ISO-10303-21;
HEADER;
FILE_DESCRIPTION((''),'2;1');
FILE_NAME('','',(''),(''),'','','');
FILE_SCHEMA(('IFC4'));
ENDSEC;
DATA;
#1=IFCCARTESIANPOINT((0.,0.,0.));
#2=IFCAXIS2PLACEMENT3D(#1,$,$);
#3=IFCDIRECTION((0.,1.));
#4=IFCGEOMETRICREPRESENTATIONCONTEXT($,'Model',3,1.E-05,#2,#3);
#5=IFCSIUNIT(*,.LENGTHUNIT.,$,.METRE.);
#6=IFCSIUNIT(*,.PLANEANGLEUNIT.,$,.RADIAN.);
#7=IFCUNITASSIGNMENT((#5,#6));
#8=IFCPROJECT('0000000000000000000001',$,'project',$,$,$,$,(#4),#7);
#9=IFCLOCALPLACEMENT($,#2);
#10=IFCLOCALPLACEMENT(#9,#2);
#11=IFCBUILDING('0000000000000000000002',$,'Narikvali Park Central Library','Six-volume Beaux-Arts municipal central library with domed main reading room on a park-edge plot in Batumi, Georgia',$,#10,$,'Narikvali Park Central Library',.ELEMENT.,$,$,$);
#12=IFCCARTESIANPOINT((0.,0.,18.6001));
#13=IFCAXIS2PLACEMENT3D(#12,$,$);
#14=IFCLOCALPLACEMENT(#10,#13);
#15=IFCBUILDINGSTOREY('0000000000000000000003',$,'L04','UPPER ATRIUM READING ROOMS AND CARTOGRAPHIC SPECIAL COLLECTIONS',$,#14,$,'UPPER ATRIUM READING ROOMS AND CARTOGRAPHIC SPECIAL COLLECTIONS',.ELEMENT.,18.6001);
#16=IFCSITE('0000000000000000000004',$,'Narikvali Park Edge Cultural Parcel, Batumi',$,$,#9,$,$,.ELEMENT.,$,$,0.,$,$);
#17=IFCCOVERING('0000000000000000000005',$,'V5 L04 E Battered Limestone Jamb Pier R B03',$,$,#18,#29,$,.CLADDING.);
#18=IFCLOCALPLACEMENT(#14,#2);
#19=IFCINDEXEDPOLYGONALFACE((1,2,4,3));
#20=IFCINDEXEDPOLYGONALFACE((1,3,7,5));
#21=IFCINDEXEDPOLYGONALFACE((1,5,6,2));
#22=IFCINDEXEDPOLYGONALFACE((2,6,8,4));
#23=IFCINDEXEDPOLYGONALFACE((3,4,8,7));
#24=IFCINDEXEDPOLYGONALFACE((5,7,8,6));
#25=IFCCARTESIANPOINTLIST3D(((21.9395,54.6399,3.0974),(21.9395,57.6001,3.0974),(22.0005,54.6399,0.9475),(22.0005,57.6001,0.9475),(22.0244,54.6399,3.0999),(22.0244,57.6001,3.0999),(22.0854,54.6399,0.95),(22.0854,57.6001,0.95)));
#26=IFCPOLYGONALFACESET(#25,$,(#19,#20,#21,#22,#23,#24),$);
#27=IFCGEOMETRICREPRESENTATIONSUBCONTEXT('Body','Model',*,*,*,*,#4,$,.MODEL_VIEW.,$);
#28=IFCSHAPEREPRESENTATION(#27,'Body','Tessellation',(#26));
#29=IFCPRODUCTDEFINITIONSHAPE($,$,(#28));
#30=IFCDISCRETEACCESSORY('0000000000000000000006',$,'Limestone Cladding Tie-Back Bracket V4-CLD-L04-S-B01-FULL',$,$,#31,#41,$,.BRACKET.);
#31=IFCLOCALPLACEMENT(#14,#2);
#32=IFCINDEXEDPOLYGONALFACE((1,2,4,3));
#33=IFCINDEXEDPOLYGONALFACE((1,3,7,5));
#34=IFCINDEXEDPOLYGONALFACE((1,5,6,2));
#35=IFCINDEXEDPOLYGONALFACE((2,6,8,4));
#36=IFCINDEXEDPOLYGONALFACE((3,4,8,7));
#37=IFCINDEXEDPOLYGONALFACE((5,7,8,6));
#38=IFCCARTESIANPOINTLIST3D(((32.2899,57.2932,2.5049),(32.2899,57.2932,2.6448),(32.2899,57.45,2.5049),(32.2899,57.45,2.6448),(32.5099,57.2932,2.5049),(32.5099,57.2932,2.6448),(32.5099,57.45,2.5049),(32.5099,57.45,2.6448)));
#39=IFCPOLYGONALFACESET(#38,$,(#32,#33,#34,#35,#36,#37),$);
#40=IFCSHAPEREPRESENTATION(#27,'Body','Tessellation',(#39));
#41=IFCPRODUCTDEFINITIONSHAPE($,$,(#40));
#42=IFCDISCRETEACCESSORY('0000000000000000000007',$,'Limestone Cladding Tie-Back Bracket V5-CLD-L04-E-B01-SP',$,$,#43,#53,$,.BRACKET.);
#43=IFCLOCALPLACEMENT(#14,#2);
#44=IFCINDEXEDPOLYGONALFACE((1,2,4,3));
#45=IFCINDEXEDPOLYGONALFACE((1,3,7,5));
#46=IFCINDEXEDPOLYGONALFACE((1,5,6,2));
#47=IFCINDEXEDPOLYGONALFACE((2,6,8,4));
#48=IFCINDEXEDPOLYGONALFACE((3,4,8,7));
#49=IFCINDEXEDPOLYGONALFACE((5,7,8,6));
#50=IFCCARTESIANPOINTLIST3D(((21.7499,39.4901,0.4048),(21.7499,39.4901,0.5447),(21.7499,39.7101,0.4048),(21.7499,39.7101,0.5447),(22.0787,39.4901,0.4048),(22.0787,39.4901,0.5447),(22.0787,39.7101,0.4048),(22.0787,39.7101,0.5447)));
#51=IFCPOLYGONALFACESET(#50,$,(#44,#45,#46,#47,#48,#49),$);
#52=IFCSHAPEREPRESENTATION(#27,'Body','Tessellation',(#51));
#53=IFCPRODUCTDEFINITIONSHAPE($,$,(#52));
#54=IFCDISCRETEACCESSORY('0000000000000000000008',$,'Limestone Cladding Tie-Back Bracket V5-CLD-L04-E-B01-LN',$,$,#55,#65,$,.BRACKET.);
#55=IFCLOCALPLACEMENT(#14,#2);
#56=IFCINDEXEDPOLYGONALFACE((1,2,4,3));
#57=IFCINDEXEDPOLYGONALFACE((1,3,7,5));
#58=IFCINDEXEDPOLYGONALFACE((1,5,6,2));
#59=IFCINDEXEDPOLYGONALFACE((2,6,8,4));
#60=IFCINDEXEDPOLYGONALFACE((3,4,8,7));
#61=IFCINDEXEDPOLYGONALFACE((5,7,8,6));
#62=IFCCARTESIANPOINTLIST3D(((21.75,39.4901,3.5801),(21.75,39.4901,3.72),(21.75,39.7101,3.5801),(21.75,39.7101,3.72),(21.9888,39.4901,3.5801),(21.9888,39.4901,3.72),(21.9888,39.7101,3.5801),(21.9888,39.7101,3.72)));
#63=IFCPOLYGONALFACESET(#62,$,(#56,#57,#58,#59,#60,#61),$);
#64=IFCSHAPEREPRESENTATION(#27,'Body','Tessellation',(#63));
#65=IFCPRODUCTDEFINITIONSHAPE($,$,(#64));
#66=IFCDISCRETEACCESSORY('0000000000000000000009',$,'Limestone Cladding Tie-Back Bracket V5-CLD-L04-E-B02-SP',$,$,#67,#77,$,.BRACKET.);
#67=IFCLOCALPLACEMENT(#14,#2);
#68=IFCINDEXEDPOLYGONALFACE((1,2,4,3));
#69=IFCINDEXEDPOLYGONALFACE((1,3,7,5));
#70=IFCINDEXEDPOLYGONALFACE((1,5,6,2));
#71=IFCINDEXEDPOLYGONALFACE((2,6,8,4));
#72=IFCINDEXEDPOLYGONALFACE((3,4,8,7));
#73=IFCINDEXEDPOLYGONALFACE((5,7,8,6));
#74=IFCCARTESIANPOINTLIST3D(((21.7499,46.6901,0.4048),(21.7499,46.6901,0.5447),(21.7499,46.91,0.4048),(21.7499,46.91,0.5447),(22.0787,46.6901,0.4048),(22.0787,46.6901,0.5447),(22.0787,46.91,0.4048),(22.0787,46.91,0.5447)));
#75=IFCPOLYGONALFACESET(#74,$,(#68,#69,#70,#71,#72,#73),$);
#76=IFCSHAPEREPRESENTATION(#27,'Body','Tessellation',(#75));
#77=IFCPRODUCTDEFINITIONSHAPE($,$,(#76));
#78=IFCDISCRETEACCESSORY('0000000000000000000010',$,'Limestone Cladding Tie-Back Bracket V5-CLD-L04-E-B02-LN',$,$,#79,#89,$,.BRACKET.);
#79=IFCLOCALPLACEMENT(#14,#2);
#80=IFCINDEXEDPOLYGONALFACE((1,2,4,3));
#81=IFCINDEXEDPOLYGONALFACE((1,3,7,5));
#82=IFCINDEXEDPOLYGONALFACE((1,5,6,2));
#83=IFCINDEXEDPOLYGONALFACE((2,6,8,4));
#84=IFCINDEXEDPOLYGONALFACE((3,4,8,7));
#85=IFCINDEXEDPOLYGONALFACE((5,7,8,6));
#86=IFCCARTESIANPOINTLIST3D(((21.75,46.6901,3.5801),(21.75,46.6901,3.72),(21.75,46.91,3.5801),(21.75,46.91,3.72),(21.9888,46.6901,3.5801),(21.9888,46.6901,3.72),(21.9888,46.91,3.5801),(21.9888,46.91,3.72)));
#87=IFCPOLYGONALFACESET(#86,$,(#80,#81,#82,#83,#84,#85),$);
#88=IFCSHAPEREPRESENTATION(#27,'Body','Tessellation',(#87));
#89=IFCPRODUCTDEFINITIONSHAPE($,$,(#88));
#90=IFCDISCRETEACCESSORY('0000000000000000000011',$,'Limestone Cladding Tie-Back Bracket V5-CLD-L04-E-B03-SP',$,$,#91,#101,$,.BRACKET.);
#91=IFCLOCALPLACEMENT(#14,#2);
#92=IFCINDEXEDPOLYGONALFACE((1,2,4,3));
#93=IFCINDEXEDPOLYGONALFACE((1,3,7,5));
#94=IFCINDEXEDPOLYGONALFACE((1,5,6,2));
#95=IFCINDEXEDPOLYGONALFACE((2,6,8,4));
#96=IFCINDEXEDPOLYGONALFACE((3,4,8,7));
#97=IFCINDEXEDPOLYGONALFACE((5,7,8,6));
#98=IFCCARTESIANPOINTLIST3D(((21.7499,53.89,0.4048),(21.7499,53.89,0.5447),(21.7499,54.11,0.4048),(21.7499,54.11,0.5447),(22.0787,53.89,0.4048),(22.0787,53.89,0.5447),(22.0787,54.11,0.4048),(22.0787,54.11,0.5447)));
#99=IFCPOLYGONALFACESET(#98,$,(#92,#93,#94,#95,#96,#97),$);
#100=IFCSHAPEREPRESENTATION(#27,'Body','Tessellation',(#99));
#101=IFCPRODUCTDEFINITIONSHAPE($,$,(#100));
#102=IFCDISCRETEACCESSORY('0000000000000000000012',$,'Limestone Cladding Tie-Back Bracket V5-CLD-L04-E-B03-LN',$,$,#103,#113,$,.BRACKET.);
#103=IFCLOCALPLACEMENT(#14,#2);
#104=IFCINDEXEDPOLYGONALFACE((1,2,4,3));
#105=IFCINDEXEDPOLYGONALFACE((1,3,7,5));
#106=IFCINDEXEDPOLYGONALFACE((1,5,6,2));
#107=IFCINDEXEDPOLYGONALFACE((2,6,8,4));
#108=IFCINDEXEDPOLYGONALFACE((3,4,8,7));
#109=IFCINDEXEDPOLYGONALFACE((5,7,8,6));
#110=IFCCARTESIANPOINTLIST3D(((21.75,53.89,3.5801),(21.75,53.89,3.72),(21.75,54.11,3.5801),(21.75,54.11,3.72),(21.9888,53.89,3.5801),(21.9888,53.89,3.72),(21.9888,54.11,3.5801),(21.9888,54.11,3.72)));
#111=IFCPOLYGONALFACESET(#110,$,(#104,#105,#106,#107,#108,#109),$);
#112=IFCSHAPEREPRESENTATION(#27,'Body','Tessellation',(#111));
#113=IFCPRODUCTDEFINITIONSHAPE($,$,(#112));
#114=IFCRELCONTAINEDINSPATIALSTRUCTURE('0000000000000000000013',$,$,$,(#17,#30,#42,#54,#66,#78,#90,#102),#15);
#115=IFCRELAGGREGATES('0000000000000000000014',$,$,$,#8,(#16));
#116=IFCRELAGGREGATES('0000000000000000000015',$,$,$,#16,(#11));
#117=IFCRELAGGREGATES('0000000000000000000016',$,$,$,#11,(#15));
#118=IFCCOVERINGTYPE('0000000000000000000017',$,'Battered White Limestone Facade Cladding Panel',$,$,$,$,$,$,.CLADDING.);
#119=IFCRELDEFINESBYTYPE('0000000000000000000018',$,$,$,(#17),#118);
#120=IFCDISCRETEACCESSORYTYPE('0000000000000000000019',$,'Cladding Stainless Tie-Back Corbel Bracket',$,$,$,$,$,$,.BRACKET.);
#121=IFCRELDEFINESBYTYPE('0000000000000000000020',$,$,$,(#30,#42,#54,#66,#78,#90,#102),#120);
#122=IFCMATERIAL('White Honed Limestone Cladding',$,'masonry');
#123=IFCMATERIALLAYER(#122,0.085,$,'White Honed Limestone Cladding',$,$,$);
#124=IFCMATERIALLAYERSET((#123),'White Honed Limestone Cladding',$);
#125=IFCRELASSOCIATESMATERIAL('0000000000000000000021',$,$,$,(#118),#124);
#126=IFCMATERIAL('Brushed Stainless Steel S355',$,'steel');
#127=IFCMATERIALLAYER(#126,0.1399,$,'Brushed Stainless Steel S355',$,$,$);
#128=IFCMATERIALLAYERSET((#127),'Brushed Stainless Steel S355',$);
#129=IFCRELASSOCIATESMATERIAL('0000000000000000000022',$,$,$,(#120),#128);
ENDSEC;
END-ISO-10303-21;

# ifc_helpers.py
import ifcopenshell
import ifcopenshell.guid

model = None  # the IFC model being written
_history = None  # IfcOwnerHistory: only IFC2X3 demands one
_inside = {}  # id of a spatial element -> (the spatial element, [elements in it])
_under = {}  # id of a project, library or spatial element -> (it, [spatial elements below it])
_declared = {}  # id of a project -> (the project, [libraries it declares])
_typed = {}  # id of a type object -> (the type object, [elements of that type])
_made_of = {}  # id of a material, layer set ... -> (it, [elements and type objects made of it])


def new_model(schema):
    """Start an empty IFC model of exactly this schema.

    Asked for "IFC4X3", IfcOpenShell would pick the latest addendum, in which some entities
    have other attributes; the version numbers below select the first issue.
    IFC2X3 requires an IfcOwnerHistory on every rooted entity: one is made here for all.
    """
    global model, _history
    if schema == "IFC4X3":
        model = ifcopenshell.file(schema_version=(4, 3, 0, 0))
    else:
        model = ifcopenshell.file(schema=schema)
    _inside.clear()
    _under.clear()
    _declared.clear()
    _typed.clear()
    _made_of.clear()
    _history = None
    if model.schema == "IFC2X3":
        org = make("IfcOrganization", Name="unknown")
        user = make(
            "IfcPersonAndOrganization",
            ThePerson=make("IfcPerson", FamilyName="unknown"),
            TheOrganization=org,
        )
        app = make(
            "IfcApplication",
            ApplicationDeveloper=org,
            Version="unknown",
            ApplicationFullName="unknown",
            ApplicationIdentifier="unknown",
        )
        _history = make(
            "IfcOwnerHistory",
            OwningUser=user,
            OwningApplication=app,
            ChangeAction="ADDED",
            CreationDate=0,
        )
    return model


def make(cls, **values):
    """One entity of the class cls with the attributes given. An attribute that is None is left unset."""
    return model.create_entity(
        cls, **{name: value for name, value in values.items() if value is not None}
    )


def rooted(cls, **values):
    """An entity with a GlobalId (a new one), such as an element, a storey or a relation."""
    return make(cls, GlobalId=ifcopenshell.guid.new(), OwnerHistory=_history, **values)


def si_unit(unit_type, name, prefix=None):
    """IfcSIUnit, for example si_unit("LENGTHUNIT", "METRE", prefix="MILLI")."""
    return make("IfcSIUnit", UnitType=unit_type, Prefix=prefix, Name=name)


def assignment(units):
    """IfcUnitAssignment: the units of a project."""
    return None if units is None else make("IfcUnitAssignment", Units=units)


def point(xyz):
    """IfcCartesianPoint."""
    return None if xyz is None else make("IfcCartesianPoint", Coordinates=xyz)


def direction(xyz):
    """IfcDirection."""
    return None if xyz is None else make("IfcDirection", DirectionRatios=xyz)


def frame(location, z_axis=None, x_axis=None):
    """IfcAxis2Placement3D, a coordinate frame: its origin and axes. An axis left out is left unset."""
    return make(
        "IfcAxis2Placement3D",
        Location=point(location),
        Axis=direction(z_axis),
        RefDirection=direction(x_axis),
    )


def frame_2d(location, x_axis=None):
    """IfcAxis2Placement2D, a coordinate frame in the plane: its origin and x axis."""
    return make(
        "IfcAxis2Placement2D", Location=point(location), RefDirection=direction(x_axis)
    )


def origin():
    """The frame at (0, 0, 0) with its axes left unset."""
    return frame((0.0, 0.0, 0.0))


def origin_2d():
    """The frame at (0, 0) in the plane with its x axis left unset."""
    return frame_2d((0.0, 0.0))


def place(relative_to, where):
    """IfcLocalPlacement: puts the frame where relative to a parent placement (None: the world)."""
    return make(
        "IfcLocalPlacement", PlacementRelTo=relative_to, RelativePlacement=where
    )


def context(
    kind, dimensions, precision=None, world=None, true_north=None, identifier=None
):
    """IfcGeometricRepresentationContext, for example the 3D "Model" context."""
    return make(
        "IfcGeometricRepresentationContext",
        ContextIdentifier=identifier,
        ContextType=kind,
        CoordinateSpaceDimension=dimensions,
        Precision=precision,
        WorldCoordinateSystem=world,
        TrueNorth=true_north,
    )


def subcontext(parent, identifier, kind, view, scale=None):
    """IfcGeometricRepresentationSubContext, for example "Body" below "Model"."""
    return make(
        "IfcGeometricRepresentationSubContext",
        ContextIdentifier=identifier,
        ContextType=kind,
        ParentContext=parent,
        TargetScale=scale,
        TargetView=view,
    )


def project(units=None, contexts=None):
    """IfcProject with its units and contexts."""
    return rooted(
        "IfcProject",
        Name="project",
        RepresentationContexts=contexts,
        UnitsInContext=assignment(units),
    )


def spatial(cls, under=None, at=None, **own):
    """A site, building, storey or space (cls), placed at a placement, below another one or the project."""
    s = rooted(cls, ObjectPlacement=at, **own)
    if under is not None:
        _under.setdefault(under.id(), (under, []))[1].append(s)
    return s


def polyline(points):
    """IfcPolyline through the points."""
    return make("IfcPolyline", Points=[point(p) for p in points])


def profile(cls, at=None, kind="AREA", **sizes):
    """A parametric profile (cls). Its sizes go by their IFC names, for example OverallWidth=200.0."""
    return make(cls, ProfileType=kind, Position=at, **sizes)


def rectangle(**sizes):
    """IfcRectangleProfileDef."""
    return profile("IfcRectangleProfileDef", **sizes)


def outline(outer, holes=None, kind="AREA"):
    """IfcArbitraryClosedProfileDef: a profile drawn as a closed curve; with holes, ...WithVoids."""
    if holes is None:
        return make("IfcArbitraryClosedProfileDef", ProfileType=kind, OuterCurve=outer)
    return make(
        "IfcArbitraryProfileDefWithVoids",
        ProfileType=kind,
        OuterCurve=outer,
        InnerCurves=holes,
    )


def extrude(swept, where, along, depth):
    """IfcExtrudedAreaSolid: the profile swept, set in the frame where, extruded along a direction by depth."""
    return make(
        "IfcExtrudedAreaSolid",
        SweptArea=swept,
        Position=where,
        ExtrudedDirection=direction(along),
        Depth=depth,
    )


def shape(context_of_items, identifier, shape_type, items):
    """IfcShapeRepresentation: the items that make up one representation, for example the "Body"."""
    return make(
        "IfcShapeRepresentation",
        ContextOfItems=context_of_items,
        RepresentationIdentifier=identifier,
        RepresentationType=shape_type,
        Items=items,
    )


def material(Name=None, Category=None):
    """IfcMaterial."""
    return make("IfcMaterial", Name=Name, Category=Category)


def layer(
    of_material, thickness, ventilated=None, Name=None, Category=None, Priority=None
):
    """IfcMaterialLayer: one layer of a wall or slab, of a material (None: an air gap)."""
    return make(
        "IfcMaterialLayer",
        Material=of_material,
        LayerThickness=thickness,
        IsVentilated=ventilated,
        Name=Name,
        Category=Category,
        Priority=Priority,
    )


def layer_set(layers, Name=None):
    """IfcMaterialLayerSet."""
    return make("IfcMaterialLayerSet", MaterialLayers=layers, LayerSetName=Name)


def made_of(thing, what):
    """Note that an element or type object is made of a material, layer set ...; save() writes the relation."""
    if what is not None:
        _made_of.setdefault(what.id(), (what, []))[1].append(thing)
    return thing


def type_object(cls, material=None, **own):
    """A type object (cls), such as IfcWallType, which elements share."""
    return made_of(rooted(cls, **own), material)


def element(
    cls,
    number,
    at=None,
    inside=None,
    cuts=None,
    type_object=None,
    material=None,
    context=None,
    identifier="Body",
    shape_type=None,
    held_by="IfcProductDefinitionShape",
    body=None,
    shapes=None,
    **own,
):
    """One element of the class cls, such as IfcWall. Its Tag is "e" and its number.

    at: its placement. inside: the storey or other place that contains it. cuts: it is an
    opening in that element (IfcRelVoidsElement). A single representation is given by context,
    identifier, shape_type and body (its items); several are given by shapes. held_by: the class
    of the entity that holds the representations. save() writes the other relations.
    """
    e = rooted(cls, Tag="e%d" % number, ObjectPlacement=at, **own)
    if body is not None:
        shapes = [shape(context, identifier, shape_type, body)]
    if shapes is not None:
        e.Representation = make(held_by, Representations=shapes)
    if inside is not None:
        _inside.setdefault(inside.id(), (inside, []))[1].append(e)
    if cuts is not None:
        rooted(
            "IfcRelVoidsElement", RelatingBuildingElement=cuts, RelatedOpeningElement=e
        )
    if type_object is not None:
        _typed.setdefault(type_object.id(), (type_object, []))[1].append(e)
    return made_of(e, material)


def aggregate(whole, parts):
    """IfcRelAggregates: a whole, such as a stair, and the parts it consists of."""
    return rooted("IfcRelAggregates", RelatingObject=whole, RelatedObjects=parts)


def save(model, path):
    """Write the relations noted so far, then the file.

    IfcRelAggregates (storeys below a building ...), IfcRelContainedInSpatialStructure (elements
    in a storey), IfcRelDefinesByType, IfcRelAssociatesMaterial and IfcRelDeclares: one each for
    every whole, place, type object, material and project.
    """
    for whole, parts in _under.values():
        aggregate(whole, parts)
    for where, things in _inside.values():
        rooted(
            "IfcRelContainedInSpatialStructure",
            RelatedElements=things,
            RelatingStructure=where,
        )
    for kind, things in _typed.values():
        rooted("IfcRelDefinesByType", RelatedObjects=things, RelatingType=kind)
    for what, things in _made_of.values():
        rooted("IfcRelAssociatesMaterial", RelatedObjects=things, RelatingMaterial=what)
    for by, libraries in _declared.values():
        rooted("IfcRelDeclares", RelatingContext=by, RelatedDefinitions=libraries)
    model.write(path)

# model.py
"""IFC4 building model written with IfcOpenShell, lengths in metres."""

from ifc_helpers import new_model, si_unit, direction, frame, origin, origin_2d, place, context, subcontext, project, spatial, polyline, rectangle, outline, extrude, material, layer, layer_set, type_object, element, save


model = new_model("IFC4")

# Units and contexts
model_context = context("Model", 3, precision=1e-05, world=origin(), true_north=direction((0.0, 1.0)))
body_context = subcontext(model_context, "Body", "Model", "MODEL_VIEW")
ifc_project = project(units=[si_unit("LENGTHUNIT", "METRE"), si_unit("PLANEANGLEUNIT", "RADIAN")], contexts=[model_context])

# Site, building, storey
site_placement = place(None, origin())
site = spatial("IfcSite", under=ifc_project, at=site_placement, Name="Narikvali Park Edge Cultural Parcel, Batumi", CompositionType="ELEMENT", RefElevation=0.0)
building_placement = place(site_placement, origin())
building = spatial("IfcBuilding", under=site, at=building_placement, Name="Narikvali Park Central Library", Description="Six-volume Beaux-Arts municipal central library with domed main reading room on a park-edge plot in Batumi, Georgia", LongName="Narikvali Park Central Library", CompositionType="ELEMENT")
storey_placement = place(building_placement, frame((0.0, 0.0, 18.6001)))
storey = spatial("IfcBuildingStorey", under=building, at=storey_placement, Name="L04", Description="UPPER ATRIUM READING ROOMS AND CARTOGRAPHIC SPECIAL COLLECTIONS", LongName="UPPER ATRIUM READING ROOMS AND CARTOGRAPHIC SPECIAL COLLECTIONS", CompositionType="ELEMENT", Elevation=18.6001)

# Covering
ifc_material_1 = material(Name="White Honed Limestone Cladding", Category="masonry")
ifc_layer_1 = layer(ifc_material_1, 0.085, Name="White Honed Limestone Cladding")
ifc_layer_set_1 = layer_set([ifc_layer_1], Name="White Honed Limestone Cladding")
covering_type = type_object("IfcCoveringType", Name="Battered White Limestone Facade Cladding Panel", PredefinedType="CLADDING", material=ifc_layer_set_1)
for number, where, z_axis, x_axis, name in (
    (1, (22.0854, 54.6399, 0.95), (0.999597, 0.0, 0.028378), (0.0, 1.0, 0.0), "V5 L04 E Battered Limestone Jamb Pier R B03"),
):
    element("IfcCovering", number, at=place(storey_placement, frame(where, z_axis=z_axis, x_axis=x_axis)), inside=storey, type_object=covering_type, Name=name, PredefinedType="CLADDING", context=body_context, shape_type="SweptSolid", body=[
        extrude(outline(polyline([(0.0, 0.0), (2.9602, 0.0), (2.9602, 2.1508), (0.0, 2.1508), (0.0, 0.0)])), origin(), (0.0, 0.0, -1.0), 0.085),
    ])

# Discrete accessories
ifc_material_2 = material(Name="Brushed Stainless Steel S355", Category="steel")
ifc_layer_2 = layer(ifc_material_2, 0.1399, Name="Brushed Stainless Steel S355")
ifc_layer_set_2 = layer_set([ifc_layer_2], Name="Brushed Stainless Steel S355")
discrete_accessory_type = type_object("IfcDiscreteAccessoryType", Name="Cladding Stainless Tie-Back Corbel Bracket", PredefinedType="BRACKET", material=ifc_layer_set_2)
discrete_accessory_1_placement = place(storey_placement, frame((32.3999, 57.3716, 2.5049), z_axis=(0.0, 0.0, 1.0), x_axis=(1.0, 0.0, 0.0)))
element("IfcDiscreteAccessory", 2, at=discrete_accessory_1_placement, inside=storey, type_object=discrete_accessory_type, Name="Limestone Cladding Tie-Back Bracket V4-CLD-L04-S-B01-FULL", PredefinedType="BRACKET", context=body_context, shape_type="SweptSolid", body=[
    extrude(rectangle(XDim=0.22, YDim=0.1567, at=origin_2d()), origin(), (0.0, 0.0, 1.0), 0.1399),
])
discrete_accessory_2_placement = place(storey_placement, frame((21.9143, 39.6001, 0.4048), z_axis=(0.0, 0.0, 1.0), x_axis=(1.0, 0.0, 0.0)))
element("IfcDiscreteAccessory", 3, at=discrete_accessory_2_placement, inside=storey, type_object=discrete_accessory_type, Name="Limestone Cladding Tie-Back Bracket V5-CLD-L04-E-B01-SP", PredefinedType="BRACKET", context=body_context, shape_type="SweptSolid", body=[
    extrude(rectangle(XDim=0.3289, YDim=0.22, at=origin_2d()), origin(), (0.0, 0.0, 1.0), 0.1399),
])
discrete_accessory_3_placement = place(storey_placement, frame((21.8694, 39.6001, 3.5801), z_axis=(0.0, 0.0, 1.0), x_axis=(1.0, 0.0, 0.0)))
element("IfcDiscreteAccessory", 4, at=discrete_accessory_3_placement, inside=storey, type_object=discrete_accessory_type, Name="Limestone Cladding Tie-Back Bracket V5-CLD-L04-E-B01-LN", PredefinedType="BRACKET", context=body_context, shape_type="SweptSolid", body=[
    extrude(rectangle(XDim=0.2388, YDim=0.22, at=origin_2d()), origin(), (0.0, 0.0, 1.0), 0.1399),
])
discrete_accessory_4_placement = place(storey_placement, frame((21.9143, 46.8, 0.4048), z_axis=(0.0, 0.0, 1.0), x_axis=(1.0, 0.0, 0.0)))
element("IfcDiscreteAccessory", 5, at=discrete_accessory_4_placement, inside=storey, type_object=discrete_accessory_type, Name="Limestone Cladding Tie-Back Bracket V5-CLD-L04-E-B02-SP", PredefinedType="BRACKET", context=body_context, shape_type="SweptSolid", body=[
    extrude(rectangle(XDim=0.3289, YDim=0.22, at=origin_2d()), origin(), (0.0, 0.0, 1.0), 0.1399),
])
discrete_accessory_5_placement = place(storey_placement, frame((21.8694, 46.8, 3.5801), z_axis=(0.0, 0.0, 1.0), x_axis=(1.0, 0.0, 0.0)))
element("IfcDiscreteAccessory", 6, at=discrete_accessory_5_placement, inside=storey, type_object=discrete_accessory_type, Name="Limestone Cladding Tie-Back Bracket V5-CLD-L04-E-B02-LN", PredefinedType="BRACKET", context=body_context, shape_type="SweptSolid", body=[
    extrude(rectangle(XDim=0.2388, YDim=0.22, at=origin_2d()), origin(), (0.0, 0.0, 1.0), 0.1399),
])
discrete_accessory_6_placement = place(storey_placement, frame((21.9143, 54.0, 0.4048), z_axis=(0.0, 0.0, 1.0), x_axis=(1.0, 0.0, 0.0)))
element("IfcDiscreteAccessory", 7, at=discrete_accessory_6_placement, inside=storey, type_object=discrete_accessory_type, Name="Limestone Cladding Tie-Back Bracket V5-CLD-L04-E-B03-SP", PredefinedType="BRACKET", context=body_context, shape_type="SweptSolid", body=[
    extrude(rectangle(XDim=0.3289, YDim=0.22, at=origin_2d()), origin(), (0.0, 0.0, 1.0), 0.1399),
])
discrete_accessory_7_placement = place(storey_placement, frame((21.8694, 54.0, 3.5801), z_axis=(0.0, 0.0, 1.0), x_axis=(1.0, 0.0, 0.0)))
element("IfcDiscreteAccessory", 8, at=discrete_accessory_7_placement, inside=storey, type_object=discrete_accessory_type, Name="Limestone Cladding Tie-Back Bracket V5-CLD-L04-E-B03-LN", PredefinedType="BRACKET", context=body_context, shape_type="SweptSolid", body=[
    extrude(rectangle(XDim=0.2388, YDim=0.22, at=origin_2d()), origin(), (0.0, 0.0, 1.0), 0.1399),
])

save(model, "model.ifc")
